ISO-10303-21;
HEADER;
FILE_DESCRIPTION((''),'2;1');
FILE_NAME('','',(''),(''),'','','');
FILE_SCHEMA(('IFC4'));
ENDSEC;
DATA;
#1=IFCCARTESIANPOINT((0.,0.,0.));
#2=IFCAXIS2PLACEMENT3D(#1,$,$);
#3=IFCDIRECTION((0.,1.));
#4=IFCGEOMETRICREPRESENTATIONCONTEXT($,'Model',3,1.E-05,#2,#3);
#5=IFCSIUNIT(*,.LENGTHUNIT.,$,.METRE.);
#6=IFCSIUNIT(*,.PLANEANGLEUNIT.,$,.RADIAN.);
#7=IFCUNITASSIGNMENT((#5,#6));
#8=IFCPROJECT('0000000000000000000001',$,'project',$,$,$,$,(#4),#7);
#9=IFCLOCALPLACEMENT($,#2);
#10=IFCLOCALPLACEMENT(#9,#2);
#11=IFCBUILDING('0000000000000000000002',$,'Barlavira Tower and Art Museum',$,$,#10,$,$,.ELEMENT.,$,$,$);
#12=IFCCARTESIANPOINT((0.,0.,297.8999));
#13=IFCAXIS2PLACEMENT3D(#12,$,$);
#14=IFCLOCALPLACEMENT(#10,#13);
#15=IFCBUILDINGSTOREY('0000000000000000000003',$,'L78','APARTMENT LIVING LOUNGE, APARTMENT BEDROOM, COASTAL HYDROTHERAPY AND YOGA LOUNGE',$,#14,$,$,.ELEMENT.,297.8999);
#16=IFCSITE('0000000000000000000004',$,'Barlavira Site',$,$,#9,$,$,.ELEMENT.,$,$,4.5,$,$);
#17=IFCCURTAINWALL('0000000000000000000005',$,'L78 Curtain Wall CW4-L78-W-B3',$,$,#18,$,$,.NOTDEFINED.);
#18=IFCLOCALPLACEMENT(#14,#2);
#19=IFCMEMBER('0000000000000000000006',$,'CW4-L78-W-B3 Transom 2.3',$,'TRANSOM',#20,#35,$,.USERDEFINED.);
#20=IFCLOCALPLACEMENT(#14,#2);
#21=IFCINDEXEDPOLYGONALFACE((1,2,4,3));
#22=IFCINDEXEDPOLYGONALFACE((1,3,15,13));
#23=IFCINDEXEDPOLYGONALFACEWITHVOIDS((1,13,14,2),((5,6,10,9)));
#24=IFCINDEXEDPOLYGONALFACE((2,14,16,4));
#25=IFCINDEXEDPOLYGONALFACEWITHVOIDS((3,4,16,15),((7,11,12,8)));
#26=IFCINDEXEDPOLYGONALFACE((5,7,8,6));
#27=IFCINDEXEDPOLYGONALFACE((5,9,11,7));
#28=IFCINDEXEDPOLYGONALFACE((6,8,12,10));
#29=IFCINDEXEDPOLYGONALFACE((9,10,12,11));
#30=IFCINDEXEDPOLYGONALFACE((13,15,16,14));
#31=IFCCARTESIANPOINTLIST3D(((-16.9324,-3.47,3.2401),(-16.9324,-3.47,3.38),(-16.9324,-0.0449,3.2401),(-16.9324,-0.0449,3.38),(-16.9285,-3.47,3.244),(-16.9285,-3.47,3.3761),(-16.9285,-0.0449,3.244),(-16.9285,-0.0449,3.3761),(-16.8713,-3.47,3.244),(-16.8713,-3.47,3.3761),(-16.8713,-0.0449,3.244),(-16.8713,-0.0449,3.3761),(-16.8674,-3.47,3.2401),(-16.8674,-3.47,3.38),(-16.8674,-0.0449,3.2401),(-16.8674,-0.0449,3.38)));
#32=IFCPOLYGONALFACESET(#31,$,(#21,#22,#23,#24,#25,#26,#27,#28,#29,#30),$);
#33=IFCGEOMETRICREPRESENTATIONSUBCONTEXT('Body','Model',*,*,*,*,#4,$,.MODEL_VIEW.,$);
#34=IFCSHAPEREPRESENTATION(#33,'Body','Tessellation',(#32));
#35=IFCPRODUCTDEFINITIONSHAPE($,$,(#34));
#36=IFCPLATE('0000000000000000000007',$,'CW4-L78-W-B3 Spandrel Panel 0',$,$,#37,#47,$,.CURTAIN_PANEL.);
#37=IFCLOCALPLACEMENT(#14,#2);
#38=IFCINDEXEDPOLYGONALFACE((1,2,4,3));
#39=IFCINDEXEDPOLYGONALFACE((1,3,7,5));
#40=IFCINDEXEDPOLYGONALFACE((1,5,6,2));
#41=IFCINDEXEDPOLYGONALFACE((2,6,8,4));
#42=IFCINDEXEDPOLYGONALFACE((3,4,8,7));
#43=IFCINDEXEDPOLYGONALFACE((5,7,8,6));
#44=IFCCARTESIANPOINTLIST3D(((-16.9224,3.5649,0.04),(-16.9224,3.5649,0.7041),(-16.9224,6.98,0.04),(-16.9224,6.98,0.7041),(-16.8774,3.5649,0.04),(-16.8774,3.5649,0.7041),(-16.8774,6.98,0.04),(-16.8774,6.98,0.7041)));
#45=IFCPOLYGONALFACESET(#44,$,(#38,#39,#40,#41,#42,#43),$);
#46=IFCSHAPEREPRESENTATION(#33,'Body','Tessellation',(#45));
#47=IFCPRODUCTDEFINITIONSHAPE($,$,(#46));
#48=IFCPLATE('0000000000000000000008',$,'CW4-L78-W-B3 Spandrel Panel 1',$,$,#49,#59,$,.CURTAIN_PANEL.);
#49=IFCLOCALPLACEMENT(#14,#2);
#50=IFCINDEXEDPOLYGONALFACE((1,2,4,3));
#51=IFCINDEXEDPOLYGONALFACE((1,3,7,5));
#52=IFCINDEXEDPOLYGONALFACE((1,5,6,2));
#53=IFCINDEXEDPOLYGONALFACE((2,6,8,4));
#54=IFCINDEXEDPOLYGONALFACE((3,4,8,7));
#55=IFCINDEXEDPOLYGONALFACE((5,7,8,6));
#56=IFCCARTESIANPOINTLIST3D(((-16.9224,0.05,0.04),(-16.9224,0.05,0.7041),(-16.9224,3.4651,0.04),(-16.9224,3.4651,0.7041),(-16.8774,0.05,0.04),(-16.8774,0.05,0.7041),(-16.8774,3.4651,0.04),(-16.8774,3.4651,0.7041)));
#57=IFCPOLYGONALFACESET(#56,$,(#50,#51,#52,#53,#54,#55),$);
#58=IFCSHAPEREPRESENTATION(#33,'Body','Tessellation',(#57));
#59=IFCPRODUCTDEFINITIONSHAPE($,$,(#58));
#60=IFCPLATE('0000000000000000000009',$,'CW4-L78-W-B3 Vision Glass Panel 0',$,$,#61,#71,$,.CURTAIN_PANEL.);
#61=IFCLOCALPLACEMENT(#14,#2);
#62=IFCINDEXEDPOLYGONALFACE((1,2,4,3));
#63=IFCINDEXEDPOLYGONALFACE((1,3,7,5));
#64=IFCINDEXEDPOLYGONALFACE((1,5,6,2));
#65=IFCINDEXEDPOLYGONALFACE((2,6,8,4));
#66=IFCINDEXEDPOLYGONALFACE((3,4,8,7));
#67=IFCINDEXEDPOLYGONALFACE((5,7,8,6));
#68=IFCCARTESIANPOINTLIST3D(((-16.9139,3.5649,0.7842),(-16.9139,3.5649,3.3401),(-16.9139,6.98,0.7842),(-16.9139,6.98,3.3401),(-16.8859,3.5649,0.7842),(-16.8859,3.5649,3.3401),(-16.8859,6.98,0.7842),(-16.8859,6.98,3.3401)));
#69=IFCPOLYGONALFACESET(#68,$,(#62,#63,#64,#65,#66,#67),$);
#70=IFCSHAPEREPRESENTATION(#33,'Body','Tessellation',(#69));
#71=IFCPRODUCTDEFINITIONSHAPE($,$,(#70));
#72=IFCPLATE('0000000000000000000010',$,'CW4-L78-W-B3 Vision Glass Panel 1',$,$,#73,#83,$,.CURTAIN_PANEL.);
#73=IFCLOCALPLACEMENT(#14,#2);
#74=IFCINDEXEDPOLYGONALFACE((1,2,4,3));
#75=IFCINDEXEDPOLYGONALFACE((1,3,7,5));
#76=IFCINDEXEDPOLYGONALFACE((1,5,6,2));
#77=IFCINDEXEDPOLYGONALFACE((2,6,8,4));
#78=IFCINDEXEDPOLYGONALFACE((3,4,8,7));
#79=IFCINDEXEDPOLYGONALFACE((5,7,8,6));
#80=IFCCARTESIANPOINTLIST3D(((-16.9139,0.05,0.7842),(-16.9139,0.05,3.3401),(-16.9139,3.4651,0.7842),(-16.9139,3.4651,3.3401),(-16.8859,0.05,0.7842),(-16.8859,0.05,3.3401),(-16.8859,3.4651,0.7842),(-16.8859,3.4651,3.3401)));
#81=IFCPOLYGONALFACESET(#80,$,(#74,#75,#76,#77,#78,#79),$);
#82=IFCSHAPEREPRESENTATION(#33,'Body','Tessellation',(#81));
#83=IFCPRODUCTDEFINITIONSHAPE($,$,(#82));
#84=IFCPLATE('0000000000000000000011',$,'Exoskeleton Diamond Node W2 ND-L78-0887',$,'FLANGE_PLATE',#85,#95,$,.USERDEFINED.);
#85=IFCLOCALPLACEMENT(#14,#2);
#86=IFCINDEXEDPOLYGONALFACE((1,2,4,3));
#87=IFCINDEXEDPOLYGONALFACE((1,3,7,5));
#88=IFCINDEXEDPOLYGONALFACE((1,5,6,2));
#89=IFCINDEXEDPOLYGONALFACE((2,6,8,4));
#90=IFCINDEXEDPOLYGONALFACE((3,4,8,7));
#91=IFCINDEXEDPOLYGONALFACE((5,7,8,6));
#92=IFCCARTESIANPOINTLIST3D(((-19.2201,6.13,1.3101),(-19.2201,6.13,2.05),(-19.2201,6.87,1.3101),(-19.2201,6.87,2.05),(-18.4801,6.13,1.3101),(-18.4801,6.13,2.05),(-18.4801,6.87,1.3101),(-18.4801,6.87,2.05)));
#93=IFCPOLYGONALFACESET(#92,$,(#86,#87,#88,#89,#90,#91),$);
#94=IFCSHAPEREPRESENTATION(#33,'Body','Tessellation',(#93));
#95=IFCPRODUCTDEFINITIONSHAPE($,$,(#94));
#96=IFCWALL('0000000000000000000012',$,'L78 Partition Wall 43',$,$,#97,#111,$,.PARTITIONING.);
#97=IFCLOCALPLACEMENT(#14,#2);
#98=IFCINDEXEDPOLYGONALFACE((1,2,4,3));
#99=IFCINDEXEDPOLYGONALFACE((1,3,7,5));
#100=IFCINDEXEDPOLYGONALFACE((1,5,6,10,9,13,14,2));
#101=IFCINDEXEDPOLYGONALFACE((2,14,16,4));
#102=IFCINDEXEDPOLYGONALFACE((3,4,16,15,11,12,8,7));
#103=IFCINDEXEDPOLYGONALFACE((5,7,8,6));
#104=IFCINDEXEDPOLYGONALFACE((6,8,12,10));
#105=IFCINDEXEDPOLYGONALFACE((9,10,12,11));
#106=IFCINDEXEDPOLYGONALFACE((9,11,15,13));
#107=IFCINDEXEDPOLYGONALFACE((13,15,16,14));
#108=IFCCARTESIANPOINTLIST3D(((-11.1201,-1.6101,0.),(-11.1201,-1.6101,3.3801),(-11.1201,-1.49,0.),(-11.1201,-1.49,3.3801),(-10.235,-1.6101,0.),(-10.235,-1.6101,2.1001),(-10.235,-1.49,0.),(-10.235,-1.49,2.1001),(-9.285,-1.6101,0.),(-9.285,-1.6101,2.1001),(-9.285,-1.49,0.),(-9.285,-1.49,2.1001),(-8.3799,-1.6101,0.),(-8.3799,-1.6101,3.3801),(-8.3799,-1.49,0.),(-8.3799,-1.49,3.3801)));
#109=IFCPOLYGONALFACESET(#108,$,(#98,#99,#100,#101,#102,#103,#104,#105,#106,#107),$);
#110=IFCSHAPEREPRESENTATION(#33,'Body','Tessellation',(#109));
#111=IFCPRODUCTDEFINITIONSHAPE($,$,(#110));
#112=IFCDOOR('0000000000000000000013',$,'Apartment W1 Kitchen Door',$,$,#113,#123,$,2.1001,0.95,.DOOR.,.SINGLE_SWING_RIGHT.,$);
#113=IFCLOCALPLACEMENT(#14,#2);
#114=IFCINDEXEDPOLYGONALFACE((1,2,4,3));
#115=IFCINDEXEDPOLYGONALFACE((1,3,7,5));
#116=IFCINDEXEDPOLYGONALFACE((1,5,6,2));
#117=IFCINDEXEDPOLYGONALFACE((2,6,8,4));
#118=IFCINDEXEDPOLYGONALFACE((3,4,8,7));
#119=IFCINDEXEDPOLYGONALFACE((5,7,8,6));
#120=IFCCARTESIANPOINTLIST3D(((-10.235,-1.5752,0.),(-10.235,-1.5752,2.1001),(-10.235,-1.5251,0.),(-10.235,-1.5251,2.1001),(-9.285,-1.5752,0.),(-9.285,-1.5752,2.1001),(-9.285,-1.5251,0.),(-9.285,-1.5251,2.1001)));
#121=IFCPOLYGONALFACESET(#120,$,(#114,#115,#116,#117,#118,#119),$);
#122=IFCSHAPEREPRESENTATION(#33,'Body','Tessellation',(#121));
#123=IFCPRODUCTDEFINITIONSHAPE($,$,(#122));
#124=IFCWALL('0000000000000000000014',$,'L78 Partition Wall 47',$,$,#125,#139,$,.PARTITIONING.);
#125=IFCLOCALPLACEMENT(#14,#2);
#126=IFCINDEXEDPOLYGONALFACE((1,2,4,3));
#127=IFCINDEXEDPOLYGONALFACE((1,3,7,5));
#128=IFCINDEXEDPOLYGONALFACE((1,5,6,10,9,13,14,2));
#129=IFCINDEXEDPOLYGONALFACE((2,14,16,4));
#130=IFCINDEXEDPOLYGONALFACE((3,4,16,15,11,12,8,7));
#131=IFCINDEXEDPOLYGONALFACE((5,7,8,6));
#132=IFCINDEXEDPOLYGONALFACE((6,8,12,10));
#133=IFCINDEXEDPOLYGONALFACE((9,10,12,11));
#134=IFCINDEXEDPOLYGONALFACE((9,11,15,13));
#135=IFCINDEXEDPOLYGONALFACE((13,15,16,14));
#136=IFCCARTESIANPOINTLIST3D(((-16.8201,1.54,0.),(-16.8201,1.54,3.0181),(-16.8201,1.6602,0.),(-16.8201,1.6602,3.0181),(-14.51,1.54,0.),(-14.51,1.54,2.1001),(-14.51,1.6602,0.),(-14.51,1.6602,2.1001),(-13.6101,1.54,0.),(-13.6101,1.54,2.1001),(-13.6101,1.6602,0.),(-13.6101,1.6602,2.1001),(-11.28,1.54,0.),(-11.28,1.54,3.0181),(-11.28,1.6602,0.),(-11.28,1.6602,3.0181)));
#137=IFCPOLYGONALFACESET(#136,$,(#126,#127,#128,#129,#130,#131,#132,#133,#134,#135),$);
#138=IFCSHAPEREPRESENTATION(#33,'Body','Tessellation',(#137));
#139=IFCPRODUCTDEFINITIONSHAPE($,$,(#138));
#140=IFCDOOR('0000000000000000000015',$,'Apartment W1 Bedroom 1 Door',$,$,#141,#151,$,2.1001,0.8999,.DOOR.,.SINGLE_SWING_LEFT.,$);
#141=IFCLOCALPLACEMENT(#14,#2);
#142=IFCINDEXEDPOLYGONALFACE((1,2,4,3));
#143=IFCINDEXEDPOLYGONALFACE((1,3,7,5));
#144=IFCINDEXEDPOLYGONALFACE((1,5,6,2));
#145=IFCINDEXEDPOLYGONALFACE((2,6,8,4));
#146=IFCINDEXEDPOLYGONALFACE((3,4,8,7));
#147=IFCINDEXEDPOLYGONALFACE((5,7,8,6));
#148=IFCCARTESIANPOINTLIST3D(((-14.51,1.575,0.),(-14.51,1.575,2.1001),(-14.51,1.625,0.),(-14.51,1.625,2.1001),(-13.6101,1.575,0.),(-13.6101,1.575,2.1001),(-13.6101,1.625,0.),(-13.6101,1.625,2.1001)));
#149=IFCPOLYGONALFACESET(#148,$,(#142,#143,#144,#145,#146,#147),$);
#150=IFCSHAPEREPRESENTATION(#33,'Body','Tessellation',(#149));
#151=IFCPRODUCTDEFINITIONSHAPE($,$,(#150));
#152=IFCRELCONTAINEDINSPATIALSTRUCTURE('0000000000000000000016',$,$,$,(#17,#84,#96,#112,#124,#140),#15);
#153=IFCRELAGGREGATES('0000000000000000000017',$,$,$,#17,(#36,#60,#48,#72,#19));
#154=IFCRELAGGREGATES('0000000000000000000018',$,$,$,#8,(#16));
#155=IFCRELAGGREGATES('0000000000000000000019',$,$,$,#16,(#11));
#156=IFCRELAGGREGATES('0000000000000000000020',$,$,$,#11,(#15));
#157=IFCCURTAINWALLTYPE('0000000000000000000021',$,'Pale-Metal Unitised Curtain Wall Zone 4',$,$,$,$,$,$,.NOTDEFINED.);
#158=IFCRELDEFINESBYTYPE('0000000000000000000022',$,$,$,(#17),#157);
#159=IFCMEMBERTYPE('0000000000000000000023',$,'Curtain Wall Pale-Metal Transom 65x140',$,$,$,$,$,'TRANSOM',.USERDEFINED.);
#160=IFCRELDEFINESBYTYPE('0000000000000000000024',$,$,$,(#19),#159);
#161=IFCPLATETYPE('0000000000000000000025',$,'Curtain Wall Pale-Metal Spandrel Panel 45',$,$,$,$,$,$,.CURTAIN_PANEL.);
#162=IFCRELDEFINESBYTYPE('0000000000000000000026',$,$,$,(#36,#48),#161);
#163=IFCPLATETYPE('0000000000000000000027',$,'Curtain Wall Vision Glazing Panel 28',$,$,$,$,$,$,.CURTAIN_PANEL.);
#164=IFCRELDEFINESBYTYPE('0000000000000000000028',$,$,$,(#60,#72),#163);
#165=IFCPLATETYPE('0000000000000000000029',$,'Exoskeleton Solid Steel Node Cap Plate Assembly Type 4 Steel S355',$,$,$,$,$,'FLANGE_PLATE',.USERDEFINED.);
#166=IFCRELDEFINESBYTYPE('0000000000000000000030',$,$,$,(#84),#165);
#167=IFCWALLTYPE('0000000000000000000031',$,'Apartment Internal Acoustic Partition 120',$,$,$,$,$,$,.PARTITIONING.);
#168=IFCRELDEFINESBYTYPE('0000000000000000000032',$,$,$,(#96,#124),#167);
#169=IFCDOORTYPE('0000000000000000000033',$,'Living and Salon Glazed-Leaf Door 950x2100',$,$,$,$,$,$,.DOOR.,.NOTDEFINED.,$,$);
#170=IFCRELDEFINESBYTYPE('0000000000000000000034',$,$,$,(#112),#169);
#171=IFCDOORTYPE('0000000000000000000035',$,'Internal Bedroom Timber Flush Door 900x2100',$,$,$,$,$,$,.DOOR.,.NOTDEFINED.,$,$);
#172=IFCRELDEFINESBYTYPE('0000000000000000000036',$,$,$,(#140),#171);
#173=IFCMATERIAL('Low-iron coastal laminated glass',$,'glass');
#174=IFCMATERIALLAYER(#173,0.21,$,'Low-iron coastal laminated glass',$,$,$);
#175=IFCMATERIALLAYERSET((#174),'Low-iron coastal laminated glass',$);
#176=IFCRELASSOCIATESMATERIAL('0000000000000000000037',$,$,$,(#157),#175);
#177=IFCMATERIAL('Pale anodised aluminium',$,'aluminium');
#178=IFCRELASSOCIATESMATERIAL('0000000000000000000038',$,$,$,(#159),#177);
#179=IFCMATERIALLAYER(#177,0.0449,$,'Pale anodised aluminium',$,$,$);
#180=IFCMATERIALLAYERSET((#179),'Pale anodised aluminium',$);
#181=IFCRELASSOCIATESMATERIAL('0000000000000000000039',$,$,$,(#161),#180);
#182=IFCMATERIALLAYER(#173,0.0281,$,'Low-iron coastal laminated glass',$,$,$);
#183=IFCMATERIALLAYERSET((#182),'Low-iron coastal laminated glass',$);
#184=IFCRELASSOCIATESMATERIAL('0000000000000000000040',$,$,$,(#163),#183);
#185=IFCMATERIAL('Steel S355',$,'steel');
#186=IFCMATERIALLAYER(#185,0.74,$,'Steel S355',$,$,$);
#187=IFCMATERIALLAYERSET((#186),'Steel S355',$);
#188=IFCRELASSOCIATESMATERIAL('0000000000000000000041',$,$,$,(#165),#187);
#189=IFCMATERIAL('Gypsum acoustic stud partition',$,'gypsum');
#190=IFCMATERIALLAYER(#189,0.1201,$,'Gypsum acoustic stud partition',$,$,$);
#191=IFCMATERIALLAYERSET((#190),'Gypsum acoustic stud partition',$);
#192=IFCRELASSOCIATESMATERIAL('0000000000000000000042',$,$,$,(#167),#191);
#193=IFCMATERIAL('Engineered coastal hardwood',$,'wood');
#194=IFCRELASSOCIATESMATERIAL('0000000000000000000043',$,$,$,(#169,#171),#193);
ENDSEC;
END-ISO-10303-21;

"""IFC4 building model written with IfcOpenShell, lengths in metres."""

from ifc_helpers import new_model, si_unit, direction, frame, frame_2d, origin, origin_2d, place, context, subcontext, project, spatial, rectangle, hollow_rectangle, extrude, material, layer, layer_set, material_profile, profile_set, type_object, element, fill, aggregate, save


model = new_model("IFC4")

# Units and contexts
model_context = context("Model", 3, precision=1e-05, world=origin(), true_north=direction((0.0, 1.0)))
body_context = subcontext(model_context, "Body", "Model", "MODEL_VIEW")
ifc_project = project(units=[si_unit("LENGTHUNIT", "METRE"), si_unit("PLANEANGLEUNIT", "RADIAN")], contexts=[model_context])

# Site, building, storey
site_placement = place(None, origin())
site = spatial("IfcSite", under=ifc_project, at=site_placement, Name="Barlavira Site", CompositionType="ELEMENT", RefElevation=4.5)
building_placement = place(site_placement, origin())
building = spatial("IfcBuilding", under=site, at=building_placement, Name="Barlavira Tower and Art Museum", CompositionType="ELEMENT")
storey_placement = place(building_placement, frame((0.0, 0.0, 297.8999)))
storey = spatial("IfcBuildingStorey", under=building, at=storey_placement, Name="L78", Description="APARTMENT LIVING LOUNGE, APARTMENT BEDROOM, COASTAL HYDROTHERAPY AND YOGA LOUNGE", CompositionType="ELEMENT", Elevation=297.8999)

# Curtain wall, member, plates
ifc_material_1 = material(Name="Low-iron coastal laminated glass", Category="glass")
ifc_layer_1 = layer(ifc_material_1, 0.21, Name="Low-iron coastal laminated glass")
ifc_layer_set_1 = layer_set([ifc_layer_1], Name="Low-iron coastal laminated glass")
curtain_wall_type = type_object("IfcCurtainWallType", Name="Pale-Metal Unitised Curtain Wall Zone 4", PredefinedType="NOTDEFINED", material=ifc_layer_set_1)
curtain_wall_placement = place(storey_placement, origin())
curtain_wall = element("IfcCurtainWall", 1, at=curtain_wall_placement, inside=storey, type_object=curtain_wall_type, Name="L78 Curtain Wall CW4-L78-W-B3", PredefinedType="NOTDEFINED")
ifc_material_2 = material(Name="Pale anodised aluminium", Category="aluminium")
ifc_material_profile_1 = material_profile(ifc_material_2, hollow_rectangle(XDim=0.0649, YDim=0.1399, WallThickness=0.0039, at=origin_2d()), Name="ALU-TRAN 65x140x4")
ifc_profile_set_1 = profile_set([ifc_material_profile_1], Name="Pale anodised aluminium")
member_type_1 = type_object("IfcMemberType", Name="Curtain Wall Pale-Metal Transom 65x140", ElementType="TRANSOM", PredefinedType="USERDEFINED", material=ifc_profile_set_1)
member_1_placement = place(storey_placement, frame((-16.8999, -0.0449, 3.3101), z_axis=(0.0, -1.0, 0.0), x_axis=(1.0, 0.0, 0.0)))
member_1 = element("IfcMember", 2, at=member_1_placement, type_object=member_type_1, Name="CW4-L78-W-B3 Transom 2.3", ObjectType="TRANSOM", PredefinedType="USERDEFINED", context=body_context, shape_type="SweptSolid", body=[
    extrude(hollow_rectangle(XDim=0.0649, YDim=0.1399, WallThickness=0.0039, at=origin_2d()), origin(), (0.0, 0.0, 1.0), 3.425),
])
ifc_layer_2 = layer(ifc_material_2, 0.0449, Name="Pale anodised aluminium")
ifc_layer_set_2 = layer_set([ifc_layer_2], Name="Pale anodised aluminium")
plate_type_1 = type_object("IfcPlateType", Name="Curtain Wall Pale-Metal Spandrel Panel 45", PredefinedType="CURTAIN_PANEL", material=ifc_layer_set_2)
plate_1_placement = place(storey_placement, frame((-16.8999, 5.2725, 0.04), z_axis=(0.0, 0.0, 1.0), x_axis=(0.0, -1.0, 0.0)))
plate_1 = element("IfcPlate", 3, at=plate_1_placement, type_object=plate_type_1, Name="CW4-L78-W-B3 Spandrel Panel 0", PredefinedType="CURTAIN_PANEL", context=body_context, shape_type="SweptSolid", body=[
    extrude(rectangle(XDim=3.415, YDim=0.0449, at=origin_2d()), origin(), (0.0, 0.0, 1.0), 0.6641),
])
plate_2_placement = place(storey_placement, frame((-16.8999, 1.7576, 0.04), z_axis=(0.0, 0.0, 1.0), x_axis=(0.0, -1.0, 0.0)))
plate_2 = element("IfcPlate", 4, at=plate_2_placement, type_object=plate_type_1, Name="CW4-L78-W-B3 Spandrel Panel 1", PredefinedType="CURTAIN_PANEL", context=body_context, shape_type="SweptSolid", body=[
    extrude(rectangle(XDim=3.415, YDim=0.0449, at=origin_2d()), origin(), (0.0, 0.0, 1.0), 0.6641),
])
ifc_layer_3 = layer(ifc_material_1, 0.0281, Name="Low-iron coastal laminated glass")
ifc_layer_set_3 = layer_set([ifc_layer_3], Name="Low-iron coastal laminated glass")
plate_type_2 = type_object("IfcPlateType", Name="Curtain Wall Vision Glazing Panel 28", PredefinedType="CURTAIN_PANEL", material=ifc_layer_set_3)
plate_3_placement = place(storey_placement, frame((-16.8999, 5.2725, 0.7842), z_axis=(0.0, 0.0, 1.0), x_axis=(0.0, -1.0, 0.0)))
plate_3 = element("IfcPlate", 5, at=plate_3_placement, type_object=plate_type_2, Name="CW4-L78-W-B3 Vision Glass Panel 0", PredefinedType="CURTAIN_PANEL", context=body_context, shape_type="SweptSolid", body=[
    extrude(rectangle(XDim=3.415, YDim=0.0281, at=origin_2d()), origin(), (0.0, 0.0, 1.0), 2.5559),
])
plate_4_placement = place(storey_placement, frame((-16.8999, 1.7576, 0.7842), z_axis=(0.0, 0.0, 1.0), x_axis=(0.0, -1.0, 0.0)))
plate_4 = element("IfcPlate", 6, at=plate_4_placement, type_object=plate_type_2, Name="CW4-L78-W-B3 Vision Glass Panel 1", PredefinedType="CURTAIN_PANEL", context=body_context, shape_type="SweptSolid", body=[
    extrude(rectangle(XDim=3.415, YDim=0.0281, at=origin_2d()), origin(), (0.0, 0.0, 1.0), 2.5559),
])
aggregate(curtain_wall, [plate_1, plate_3, plate_2, plate_4, member_1])

# Plate
ifc_material_3 = material(Name="Steel S355", Category="steel")
ifc_layer_4 = layer(ifc_material_3, 0.74, Name="Steel S355")
ifc_layer_set_4 = layer_set([ifc_layer_4], Name="Steel S355")
plate_type_3 = type_object("IfcPlateType", Name="Exoskeleton Solid Steel Node Cap Plate Assembly Type 4 Steel S355", ElementType="FLANGE_PLATE", PredefinedType="USERDEFINED", material=ifc_layer_set_4)
plate_5_placement = place(storey_placement, frame((-18.8501, 6.5, 1.3101), z_axis=(0.0, 0.0, 1.0), x_axis=(1.0, 0.0, 0.0)))
element("IfcPlate", 7, at=plate_5_placement, inside=storey, type_object=plate_type_3, Name="Exoskeleton Diamond Node W2 ND-L78-0887", ObjectType="FLANGE_PLATE", PredefinedType="USERDEFINED", context=body_context, shape_type="SweptSolid", body=[
    extrude(rectangle(XDim=0.74, YDim=0.74, at=origin_2d()), origin(), (0.0, 0.0, 1.0), 0.74),
])

# Walls, openings, doors
ifc_material_4 = material(Name="Gypsum acoustic stud partition", Category="gypsum")
ifc_layer_5 = layer(ifc_material_4, 0.1201, Name="Gypsum acoustic stud partition")
ifc_layer_set_5 = layer_set([ifc_layer_5], Name="Gypsum acoustic stud partition")
wall_type = type_object("IfcWallType", Name="Apartment Internal Acoustic Partition 120", PredefinedType="PARTITIONING", material=ifc_layer_set_5)
wall_1_placement = place(storey_placement, frame((-11.1201, -1.55, 0.0), z_axis=(0.0, 0.0, 1.0), x_axis=(1.0, 0.0, 0.0)))
wall_1 = element("IfcWall", 8, at=wall_1_placement, inside=storey, type_object=wall_type, Name="L78 Partition Wall 43", PredefinedType="PARTITIONING", context=body_context, shape_type="SweptSolid", body=[
    extrude(rectangle(XDim=2.7402, YDim=0.1201, at=frame_2d((1.3701, 0.0))), origin(), (0.0, 0.0, 1.0), 3.3801),
])
opening_1_placement = place(wall_1_placement, frame((0.885, 0.0, 0.0)))
opening_1 = element("IfcOpeningElement", 9, at=opening_1_placement, cuts=wall_1, PredefinedType="OPENING", context=body_context, shape_type="SweptSolid", body=[
    extrude(rectangle(XDim=0.95, YDim=2.1001, at=frame_2d((0.4751, 1.05))), frame((0.0, 0.0701, 0.0), z_axis=(0.0, -1.0, 0.0), x_axis=(1.0, 0.0, 0.0)), (0.0, 0.0, 1.0), 0.1401),
])
ifc_material_5 = material(Name="Engineered coastal hardwood", Category="wood")
door_type_1 = type_object("IfcDoorType", Name="Living and Salon Glazed-Leaf Door 950x2100", OperationType="NOTDEFINED", PredefinedType="DOOR", material=ifc_material_5)
door_1_placement = place(opening_1_placement, origin())
door_1 = element("IfcDoor", 10, at=door_1_placement, inside=storey, type_object=door_type_1, Name="Apartment W1 Kitchen Door", OperationType="SINGLE_SWING_RIGHT", OverallHeight=2.1001, OverallWidth=0.95, PredefinedType="DOOR", context=body_context, shape_type="SweptSolid", body=[
    extrude(rectangle(XDim=0.95, YDim=2.1001, at=frame_2d((0.4751, 1.05))), frame((0.0, 0.0249, 0.0), z_axis=(0.0, -1.0, 0.0), x_axis=(1.0, 0.0, 0.0)), (0.0, 0.0, 1.0), 0.05),
])
fill(opening_1, door_1)
wall_2_placement = place(storey_placement, frame((-16.8201, 1.6001, 0.0), z_axis=(0.0, 0.0, 1.0), x_axis=(1.0, 0.0, 0.0)))
wall_2 = element("IfcWall", 11, at=wall_2_placement, inside=storey, type_object=wall_type, Name="L78 Partition Wall 47", PredefinedType="PARTITIONING", context=body_context, shape_type="SweptSolid", body=[
    extrude(rectangle(XDim=5.54, YDim=0.1201, at=frame_2d((2.77, 0.0))), origin(), (0.0, 0.0, 1.0), 3.0181),
])
opening_2_placement = place(wall_2_placement, frame((2.3101, 0.0, 0.0)))
opening_2 = element("IfcOpeningElement", 12, at=opening_2_placement, cuts=wall_2, PredefinedType="OPENING", context=body_context, shape_type="SweptSolid", body=[
    extrude(rectangle(XDim=0.8999, YDim=2.1001, at=frame_2d((0.45, 1.05))), frame((0.0, 0.0701, 0.0), z_axis=(0.0, -1.0, 0.0), x_axis=(1.0, 0.0, 0.0)), (0.0, 0.0, 1.0), 0.1401),
])
door_type_2 = type_object("IfcDoorType", Name="Internal Bedroom Timber Flush Door 900x2100", OperationType="NOTDEFINED", PredefinedType="DOOR", material=ifc_material_5)
door_2_placement = place(opening_2_placement, origin())
door_2 = element("IfcDoor", 13, at=door_2_placement, inside=storey, type_object=door_type_2, Name="Apartment W1 Bedroom 1 Door", OperationType="SINGLE_SWING_LEFT", OverallHeight=2.1001, OverallWidth=0.8999, PredefinedType="DOOR", context=body_context, shape_type="SweptSolid", body=[
    extrude(rectangle(XDim=0.8999, YDim=2.1001, at=frame_2d((0.45, 1.05))), frame((0.0, 0.0249, 0.0), z_axis=(0.0, -1.0, 0.0), x_axis=(1.0, 0.0, 0.0)), (0.0, 0.0, 1.0), 0.05),
])
fill(opening_2, door_2)

save(model, "model.ifc")
